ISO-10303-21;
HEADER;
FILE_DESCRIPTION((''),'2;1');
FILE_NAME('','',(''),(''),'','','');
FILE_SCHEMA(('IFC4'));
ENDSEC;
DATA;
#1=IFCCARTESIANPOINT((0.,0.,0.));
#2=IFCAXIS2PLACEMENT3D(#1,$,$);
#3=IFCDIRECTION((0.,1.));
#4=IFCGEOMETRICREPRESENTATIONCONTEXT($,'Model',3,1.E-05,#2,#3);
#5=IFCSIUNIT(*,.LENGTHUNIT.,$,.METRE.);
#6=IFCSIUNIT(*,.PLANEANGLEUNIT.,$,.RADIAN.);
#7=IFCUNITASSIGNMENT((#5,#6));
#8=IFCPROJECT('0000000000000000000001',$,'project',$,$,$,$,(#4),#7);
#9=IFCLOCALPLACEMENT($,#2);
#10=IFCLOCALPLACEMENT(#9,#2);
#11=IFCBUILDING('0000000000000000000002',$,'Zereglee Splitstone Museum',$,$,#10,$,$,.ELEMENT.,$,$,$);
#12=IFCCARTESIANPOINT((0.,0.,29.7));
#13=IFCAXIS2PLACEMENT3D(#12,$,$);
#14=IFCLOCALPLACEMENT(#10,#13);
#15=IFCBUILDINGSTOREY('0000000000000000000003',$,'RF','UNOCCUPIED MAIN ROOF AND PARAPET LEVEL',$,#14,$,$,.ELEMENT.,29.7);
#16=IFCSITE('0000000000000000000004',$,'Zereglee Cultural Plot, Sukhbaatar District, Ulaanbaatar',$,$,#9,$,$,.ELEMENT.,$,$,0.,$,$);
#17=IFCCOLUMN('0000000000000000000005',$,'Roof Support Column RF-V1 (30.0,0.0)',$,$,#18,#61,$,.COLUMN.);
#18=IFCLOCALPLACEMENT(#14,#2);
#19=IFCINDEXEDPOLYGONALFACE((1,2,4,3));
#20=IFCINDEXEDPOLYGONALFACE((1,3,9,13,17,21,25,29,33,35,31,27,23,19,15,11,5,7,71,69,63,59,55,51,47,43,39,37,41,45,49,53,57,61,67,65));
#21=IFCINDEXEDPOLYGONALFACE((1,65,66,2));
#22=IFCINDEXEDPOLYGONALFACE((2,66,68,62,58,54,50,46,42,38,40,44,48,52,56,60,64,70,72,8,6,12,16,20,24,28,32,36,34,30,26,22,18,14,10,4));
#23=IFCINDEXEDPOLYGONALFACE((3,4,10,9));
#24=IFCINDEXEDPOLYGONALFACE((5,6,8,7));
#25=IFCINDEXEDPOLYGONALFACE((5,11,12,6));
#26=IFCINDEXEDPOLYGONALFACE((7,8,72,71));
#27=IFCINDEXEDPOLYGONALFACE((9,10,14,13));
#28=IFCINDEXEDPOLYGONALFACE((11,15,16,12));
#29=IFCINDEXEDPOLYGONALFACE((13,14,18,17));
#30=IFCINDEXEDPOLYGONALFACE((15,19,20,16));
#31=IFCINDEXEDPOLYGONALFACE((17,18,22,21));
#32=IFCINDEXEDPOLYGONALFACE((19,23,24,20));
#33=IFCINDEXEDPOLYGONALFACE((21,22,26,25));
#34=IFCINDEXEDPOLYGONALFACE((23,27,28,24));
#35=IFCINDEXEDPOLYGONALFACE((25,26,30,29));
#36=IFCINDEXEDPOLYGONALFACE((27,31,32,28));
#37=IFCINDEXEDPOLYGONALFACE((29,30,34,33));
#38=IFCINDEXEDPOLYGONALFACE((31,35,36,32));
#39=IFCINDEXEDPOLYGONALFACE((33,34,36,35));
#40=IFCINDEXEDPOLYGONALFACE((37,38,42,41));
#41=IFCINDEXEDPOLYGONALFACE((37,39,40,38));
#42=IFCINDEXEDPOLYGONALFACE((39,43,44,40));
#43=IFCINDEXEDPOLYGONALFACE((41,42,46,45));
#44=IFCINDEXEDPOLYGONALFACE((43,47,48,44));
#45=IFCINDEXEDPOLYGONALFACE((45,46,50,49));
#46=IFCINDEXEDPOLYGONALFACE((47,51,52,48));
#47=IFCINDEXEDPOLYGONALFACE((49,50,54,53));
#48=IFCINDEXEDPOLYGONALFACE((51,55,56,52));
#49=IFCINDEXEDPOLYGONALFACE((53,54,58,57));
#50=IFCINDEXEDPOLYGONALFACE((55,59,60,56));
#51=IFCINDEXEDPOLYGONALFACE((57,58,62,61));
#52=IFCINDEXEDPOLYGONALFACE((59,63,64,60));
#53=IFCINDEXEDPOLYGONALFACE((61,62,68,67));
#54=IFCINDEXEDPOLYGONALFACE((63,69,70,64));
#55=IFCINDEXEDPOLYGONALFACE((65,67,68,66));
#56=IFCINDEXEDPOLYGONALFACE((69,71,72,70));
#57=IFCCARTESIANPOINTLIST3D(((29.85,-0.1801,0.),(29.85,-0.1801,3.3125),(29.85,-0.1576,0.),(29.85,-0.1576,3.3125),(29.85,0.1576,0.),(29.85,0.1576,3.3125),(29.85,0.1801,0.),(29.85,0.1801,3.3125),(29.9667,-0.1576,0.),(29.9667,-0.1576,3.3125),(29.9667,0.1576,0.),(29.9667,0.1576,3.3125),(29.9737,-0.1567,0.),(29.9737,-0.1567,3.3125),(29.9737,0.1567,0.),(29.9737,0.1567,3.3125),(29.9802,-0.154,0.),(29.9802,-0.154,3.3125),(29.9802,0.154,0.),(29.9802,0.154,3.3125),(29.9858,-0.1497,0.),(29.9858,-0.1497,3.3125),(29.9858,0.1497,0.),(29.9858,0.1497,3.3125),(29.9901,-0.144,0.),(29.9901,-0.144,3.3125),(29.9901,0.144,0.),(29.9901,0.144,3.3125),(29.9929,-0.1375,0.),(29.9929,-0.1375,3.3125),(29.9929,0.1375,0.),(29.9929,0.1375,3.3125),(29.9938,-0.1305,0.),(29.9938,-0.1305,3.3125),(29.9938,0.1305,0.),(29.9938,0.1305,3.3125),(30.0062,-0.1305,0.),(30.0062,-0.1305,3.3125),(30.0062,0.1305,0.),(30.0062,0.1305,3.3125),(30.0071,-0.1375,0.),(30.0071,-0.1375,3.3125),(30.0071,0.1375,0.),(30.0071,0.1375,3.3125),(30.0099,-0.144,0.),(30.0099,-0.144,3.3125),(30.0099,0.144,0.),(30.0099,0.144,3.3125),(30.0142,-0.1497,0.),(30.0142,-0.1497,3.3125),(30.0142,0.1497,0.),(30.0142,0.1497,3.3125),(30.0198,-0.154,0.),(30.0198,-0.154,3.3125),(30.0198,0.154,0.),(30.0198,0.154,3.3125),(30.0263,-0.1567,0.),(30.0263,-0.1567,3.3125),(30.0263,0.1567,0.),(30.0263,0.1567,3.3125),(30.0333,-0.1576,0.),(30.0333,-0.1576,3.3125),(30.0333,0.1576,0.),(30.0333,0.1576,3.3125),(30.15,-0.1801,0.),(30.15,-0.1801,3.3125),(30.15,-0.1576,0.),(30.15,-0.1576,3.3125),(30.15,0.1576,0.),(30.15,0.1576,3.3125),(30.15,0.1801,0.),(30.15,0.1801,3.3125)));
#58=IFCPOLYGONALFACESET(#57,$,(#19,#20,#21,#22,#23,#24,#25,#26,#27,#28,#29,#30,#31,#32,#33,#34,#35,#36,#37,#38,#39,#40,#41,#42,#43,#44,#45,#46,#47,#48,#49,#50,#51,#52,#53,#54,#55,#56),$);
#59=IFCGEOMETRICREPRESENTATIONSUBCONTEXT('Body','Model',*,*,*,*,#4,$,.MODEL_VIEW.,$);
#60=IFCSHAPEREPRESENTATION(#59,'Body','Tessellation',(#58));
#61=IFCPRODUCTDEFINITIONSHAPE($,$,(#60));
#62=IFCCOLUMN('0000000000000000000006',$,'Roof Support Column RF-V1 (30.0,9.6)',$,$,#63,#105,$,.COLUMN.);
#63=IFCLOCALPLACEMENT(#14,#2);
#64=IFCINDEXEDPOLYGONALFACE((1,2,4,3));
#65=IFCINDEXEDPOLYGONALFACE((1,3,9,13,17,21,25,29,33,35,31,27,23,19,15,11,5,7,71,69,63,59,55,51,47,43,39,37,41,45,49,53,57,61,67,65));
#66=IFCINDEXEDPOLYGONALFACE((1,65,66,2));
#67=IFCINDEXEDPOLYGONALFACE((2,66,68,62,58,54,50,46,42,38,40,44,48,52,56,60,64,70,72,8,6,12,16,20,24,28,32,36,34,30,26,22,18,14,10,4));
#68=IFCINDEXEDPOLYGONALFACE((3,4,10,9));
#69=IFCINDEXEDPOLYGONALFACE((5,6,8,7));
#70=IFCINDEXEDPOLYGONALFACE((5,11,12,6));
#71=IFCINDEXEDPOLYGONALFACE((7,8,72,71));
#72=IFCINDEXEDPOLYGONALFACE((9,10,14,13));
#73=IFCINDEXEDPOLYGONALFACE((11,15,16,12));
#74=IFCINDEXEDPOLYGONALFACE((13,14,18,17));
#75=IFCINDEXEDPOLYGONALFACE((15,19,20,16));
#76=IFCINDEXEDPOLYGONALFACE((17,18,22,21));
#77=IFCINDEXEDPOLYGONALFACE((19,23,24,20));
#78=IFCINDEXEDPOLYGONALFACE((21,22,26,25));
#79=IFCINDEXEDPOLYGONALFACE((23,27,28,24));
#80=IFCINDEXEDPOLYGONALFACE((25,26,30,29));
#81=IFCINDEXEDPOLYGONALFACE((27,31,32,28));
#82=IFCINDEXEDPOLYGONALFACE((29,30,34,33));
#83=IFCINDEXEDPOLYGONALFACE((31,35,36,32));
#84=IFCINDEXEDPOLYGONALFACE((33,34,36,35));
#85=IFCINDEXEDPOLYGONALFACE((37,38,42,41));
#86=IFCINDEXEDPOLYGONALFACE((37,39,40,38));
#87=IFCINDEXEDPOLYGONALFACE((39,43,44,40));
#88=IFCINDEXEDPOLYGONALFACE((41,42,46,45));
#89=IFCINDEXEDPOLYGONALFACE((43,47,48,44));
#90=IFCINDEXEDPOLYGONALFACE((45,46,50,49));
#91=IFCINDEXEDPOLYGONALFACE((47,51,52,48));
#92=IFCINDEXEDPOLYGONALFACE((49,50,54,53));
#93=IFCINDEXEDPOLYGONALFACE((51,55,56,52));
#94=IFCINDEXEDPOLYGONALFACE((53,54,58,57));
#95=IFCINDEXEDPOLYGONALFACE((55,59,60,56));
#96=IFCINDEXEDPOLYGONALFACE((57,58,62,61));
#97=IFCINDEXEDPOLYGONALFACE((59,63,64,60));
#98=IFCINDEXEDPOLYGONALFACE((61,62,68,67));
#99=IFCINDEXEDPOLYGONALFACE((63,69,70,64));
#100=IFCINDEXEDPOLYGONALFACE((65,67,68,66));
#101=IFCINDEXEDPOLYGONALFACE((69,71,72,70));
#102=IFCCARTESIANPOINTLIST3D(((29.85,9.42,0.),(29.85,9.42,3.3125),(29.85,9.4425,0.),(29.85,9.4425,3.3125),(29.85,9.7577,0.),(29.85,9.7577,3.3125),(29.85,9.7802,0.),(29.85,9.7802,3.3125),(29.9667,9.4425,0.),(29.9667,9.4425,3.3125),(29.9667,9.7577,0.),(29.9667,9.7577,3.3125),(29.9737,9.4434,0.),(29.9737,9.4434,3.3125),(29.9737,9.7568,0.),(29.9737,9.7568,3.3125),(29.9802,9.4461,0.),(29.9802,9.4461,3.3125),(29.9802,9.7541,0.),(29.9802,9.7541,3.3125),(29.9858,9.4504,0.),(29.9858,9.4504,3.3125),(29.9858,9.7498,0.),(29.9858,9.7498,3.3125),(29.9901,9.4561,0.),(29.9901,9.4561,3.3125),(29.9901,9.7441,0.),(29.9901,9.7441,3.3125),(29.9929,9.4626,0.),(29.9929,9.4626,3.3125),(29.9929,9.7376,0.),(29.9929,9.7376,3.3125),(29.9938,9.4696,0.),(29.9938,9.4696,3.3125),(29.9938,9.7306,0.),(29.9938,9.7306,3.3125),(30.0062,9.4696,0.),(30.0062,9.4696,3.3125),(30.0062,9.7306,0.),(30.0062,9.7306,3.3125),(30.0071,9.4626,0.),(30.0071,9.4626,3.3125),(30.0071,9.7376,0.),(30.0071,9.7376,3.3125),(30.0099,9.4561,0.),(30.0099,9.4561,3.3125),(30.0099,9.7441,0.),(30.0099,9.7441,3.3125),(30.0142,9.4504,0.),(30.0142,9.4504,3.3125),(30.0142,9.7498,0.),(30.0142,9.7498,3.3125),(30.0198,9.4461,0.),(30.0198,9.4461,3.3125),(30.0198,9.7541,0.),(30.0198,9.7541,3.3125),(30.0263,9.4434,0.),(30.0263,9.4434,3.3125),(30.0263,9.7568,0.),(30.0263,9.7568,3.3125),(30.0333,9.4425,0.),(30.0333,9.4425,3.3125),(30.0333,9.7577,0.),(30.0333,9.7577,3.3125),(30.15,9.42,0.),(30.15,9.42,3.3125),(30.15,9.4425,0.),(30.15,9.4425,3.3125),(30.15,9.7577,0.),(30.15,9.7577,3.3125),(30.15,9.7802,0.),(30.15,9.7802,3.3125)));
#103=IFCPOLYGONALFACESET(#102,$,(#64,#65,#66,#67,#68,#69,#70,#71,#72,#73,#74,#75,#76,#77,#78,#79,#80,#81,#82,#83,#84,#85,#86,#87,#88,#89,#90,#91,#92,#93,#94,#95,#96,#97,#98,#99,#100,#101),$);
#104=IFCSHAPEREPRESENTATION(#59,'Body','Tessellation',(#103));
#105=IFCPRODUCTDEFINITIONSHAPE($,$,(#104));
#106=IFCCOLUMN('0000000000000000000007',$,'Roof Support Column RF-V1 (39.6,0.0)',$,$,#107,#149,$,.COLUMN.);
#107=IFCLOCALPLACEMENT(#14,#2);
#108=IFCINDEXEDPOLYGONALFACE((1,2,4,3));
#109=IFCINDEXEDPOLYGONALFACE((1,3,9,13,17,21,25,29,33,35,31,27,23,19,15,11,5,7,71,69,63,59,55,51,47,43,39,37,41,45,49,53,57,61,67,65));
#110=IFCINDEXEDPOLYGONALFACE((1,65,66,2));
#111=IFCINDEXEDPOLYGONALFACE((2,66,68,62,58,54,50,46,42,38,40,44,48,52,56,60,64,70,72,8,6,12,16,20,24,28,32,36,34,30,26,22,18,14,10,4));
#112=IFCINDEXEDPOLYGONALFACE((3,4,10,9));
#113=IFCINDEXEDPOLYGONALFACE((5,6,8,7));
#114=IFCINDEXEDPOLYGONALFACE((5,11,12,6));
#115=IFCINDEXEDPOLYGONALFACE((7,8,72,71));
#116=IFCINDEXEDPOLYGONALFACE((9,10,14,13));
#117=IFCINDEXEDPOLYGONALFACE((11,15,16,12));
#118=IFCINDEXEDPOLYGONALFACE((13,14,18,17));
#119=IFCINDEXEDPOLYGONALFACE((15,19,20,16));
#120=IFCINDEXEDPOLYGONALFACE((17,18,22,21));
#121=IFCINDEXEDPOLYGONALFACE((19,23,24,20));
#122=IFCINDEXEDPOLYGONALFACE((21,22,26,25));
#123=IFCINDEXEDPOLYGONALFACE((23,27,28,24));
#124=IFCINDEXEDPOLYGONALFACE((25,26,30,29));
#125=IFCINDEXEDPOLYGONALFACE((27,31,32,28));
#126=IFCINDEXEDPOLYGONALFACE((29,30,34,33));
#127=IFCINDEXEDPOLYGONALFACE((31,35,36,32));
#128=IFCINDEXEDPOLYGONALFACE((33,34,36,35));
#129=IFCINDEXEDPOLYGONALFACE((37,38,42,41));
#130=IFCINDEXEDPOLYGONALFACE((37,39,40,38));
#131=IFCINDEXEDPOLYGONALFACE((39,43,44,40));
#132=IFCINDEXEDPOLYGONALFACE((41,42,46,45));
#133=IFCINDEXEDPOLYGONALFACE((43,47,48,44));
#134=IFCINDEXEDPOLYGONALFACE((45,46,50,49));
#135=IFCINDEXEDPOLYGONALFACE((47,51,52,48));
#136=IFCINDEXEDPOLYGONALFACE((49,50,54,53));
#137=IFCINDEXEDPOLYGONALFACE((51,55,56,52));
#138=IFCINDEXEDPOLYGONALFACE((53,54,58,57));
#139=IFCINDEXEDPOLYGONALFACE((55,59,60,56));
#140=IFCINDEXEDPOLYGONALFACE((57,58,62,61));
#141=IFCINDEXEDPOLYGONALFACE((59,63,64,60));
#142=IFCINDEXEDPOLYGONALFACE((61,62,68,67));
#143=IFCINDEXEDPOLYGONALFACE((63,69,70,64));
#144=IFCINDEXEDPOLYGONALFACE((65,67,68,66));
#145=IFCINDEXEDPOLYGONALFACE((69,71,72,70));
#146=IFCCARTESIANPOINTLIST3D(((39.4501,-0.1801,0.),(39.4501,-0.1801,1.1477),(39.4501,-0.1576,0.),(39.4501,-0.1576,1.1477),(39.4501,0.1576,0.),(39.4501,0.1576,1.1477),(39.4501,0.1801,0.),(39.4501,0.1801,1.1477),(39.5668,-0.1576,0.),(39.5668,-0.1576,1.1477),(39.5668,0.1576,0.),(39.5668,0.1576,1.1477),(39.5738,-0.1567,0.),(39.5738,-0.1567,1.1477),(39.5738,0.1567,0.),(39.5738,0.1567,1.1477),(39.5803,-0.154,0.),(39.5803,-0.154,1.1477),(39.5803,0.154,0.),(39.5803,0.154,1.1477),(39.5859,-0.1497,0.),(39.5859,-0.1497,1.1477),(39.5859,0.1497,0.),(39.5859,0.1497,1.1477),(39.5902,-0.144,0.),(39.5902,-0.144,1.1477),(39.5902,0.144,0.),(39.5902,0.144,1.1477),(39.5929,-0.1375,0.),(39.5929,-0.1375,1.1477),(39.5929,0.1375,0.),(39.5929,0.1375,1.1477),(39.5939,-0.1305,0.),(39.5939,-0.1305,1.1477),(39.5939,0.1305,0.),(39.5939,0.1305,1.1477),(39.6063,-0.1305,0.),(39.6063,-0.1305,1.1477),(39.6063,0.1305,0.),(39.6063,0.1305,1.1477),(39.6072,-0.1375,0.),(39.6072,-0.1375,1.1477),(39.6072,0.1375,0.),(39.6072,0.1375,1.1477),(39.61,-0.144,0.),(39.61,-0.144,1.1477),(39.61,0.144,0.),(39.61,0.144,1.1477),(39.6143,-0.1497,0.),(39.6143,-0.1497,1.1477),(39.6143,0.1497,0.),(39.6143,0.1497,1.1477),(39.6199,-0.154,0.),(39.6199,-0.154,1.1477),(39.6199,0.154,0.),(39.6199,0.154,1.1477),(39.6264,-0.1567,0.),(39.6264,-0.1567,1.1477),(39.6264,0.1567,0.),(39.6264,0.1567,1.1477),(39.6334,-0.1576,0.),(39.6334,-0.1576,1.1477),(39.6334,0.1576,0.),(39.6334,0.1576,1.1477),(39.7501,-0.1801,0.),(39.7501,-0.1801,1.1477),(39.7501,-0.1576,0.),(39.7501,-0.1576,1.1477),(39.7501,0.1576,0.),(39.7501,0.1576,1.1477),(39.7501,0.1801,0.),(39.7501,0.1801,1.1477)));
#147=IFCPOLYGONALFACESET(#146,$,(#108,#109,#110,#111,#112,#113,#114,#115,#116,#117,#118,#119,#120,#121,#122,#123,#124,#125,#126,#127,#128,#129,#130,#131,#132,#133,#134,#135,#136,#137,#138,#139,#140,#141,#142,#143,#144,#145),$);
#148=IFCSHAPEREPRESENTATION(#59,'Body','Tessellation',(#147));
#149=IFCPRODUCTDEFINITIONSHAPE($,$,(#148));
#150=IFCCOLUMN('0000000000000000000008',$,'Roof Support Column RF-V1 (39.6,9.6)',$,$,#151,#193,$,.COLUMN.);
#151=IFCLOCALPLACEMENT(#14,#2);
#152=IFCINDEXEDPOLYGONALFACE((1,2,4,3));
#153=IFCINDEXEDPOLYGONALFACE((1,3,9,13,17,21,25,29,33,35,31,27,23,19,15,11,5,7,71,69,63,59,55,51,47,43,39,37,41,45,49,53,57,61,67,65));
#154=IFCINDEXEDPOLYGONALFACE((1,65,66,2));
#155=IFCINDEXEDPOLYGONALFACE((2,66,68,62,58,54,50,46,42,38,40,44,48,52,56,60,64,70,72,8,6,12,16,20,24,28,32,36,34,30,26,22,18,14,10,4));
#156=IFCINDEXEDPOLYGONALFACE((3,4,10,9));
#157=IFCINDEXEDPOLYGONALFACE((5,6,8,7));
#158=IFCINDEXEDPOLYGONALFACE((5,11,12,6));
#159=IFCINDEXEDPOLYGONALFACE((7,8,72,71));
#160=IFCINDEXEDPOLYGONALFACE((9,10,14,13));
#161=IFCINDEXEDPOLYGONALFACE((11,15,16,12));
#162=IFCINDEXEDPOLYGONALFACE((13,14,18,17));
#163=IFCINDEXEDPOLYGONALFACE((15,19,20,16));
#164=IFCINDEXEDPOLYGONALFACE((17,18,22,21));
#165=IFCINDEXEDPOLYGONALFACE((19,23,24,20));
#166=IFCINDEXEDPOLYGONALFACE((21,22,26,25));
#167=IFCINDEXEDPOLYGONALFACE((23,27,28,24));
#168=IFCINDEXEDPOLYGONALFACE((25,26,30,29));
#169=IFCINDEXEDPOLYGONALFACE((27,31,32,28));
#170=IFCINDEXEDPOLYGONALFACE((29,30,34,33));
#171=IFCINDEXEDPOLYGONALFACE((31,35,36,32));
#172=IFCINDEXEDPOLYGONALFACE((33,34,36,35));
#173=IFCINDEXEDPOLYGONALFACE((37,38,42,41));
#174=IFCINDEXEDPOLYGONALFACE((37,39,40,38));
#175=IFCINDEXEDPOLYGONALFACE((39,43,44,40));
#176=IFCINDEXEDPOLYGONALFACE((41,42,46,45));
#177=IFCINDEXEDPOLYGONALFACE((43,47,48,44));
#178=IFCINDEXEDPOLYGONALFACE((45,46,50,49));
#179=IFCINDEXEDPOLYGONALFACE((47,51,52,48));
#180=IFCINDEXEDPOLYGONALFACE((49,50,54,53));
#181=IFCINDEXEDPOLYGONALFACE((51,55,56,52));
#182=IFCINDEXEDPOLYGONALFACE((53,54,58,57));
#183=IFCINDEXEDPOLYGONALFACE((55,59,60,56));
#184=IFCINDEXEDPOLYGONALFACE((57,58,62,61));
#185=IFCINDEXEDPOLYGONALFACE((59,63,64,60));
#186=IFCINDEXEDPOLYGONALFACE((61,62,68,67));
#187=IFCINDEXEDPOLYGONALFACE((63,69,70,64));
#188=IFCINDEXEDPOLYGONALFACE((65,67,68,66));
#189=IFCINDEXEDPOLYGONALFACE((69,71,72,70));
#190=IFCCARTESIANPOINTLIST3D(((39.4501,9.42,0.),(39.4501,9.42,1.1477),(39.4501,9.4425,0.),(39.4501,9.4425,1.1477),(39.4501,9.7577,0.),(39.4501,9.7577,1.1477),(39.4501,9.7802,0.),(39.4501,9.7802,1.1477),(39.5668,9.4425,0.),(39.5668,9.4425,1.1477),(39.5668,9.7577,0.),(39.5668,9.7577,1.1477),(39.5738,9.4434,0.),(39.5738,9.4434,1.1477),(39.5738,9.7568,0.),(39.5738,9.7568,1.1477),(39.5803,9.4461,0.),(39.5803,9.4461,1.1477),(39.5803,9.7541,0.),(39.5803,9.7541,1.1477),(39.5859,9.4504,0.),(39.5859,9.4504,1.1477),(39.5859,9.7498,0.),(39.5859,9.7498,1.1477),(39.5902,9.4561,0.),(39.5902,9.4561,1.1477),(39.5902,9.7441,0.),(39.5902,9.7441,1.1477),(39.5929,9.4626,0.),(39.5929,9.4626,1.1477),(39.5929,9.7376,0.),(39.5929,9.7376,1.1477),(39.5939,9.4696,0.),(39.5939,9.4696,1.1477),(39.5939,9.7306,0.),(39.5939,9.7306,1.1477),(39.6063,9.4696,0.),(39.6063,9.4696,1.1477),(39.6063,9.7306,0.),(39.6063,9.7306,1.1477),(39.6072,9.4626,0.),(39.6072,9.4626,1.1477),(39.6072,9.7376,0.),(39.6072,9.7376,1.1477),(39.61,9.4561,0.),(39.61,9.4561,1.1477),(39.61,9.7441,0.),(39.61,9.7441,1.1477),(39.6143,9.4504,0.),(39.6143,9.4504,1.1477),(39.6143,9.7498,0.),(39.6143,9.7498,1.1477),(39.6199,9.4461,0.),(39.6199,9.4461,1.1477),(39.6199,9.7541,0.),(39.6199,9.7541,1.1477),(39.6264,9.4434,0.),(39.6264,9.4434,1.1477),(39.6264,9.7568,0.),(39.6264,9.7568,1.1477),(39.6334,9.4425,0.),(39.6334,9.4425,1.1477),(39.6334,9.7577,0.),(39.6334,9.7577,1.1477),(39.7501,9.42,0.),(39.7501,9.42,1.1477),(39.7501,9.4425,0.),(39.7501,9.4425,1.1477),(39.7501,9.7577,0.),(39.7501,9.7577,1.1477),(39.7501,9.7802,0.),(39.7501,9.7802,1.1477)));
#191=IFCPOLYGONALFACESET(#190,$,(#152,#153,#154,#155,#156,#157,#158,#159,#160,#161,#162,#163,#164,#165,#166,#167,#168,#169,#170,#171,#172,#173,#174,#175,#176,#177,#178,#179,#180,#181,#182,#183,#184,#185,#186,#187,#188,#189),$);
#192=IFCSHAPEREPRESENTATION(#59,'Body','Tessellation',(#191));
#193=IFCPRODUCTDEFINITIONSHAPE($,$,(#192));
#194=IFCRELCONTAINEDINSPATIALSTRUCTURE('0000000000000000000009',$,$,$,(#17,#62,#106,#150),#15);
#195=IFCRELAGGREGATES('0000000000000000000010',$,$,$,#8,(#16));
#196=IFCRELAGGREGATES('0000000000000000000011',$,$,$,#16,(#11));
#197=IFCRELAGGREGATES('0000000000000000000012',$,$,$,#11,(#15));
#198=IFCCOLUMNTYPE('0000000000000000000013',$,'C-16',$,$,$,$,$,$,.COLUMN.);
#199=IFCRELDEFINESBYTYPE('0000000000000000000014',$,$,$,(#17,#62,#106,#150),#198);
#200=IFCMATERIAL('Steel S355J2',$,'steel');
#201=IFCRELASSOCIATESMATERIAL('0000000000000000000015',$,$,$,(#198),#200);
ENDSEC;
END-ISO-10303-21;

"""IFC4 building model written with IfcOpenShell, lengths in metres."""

from ifc_helpers import new_model, si_unit, direction, frame, origin, origin_2d, place, context, subcontext, project, spatial, i_section, extrude, material, material_profile, profile_set, type_object, element, save


model = new_model("IFC4")

# Units and contexts
model_context = context("Model", 3, precision=1e-05, world=origin(), true_north=direction((0.0, 1.0)))
body_context = subcontext(model_context, "Body", "Model", "MODEL_VIEW")
ifc_project = project(units=[si_unit("LENGTHUNIT", "METRE"), si_unit("PLANEANGLEUNIT", "RADIAN")], contexts=[model_context])

# Site, building, storey
site_placement = place(None, origin())
site = spatial("IfcSite", under=ifc_project, at=site_placement, Name="Zereglee Cultural Plot, Sukhbaatar District, Ulaanbaatar", CompositionType="ELEMENT", RefElevation=0.0)
building_placement = place(site_placement, origin())
building = spatial("IfcBuilding", under=site, at=building_placement, Name="Zereglee Splitstone Museum", CompositionType="ELEMENT")
storey_placement = place(building_placement, frame((0.0, 0.0, 29.7)))
storey = spatial("IfcBuildingStorey", under=building, at=storey_placement, Name="RF", Description="UNOCCUPIED MAIN ROOF AND PARAPET LEVEL", CompositionType="ELEMENT", Elevation=29.7)

# Columns
ifc_material_1 = material(Name="Steel S355J2", Category="steel")
ifc_material_profile_1 = material_profile(ifc_material_1, i_section(OverallWidth=0.3, OverallDepth=0.3601, WebThickness=0.0125, FlangeThickness=0.0225, FilletRadius=0.0271, at=origin_2d()), Name="HE 360 B")
ifc_profile_set_1 = profile_set([ifc_material_profile_1], Name="Steel S355J2")
column_type = type_object("IfcColumnType", Name="C-16", PredefinedType="COLUMN", material=ifc_profile_set_1)
for number, where, z_axis, x_axis, name in (
    (1, (30.0, 0.0, 0.0), (0.0, 0.0, 1.0), (1.0, 0.0, 0.0), "Roof Support Column RF-V1 (30.0,0.0)"),
    (2, (30.0, 9.6001, 0.0), (0.0, 0.0, 1.0), (1.0, 0.0, 0.0), "Roof Support Column RF-V1 (30.0,9.6)"),
):
    element("IfcColumn", number, at=place(storey_placement, frame(where, z_axis=z_axis, x_axis=x_axis)), inside=storey, type_object=column_type, Name=name, PredefinedType="COLUMN", context=body_context, shape_type="SweptSolid", body=[
        extrude(i_section(OverallWidth=0.3, OverallDepth=0.3601, WebThickness=0.0125, FlangeThickness=0.0225, FilletRadius=0.0271, at=origin_2d()), origin(), (0.0, 0.0, 1.0), 3.3125),
    ])
for number, where, z_axis, x_axis, name in (
    (3, (39.6001, 0.0, 0.0), (0.0, 0.0, 1.0), (1.0, 0.0, 0.0), "Roof Support Column RF-V1 (39.6,0.0)"),
    (4, (39.6001, 9.6001, 0.0), (0.0, 0.0, 1.0), (1.0, 0.0, 0.0), "Roof Support Column RF-V1 (39.6,9.6)"),
):
    element("IfcColumn", number, at=place(storey_placement, frame(where, z_axis=z_axis, x_axis=x_axis)), inside=storey, type_object=column_type, Name=name, PredefinedType="COLUMN", context=body_context, shape_type="SweptSolid", body=[
        extrude(i_section(OverallWidth=0.3, OverallDepth=0.3601, WebThickness=0.0125, FlangeThickness=0.0225, FilletRadius=0.0271, at=origin_2d()), origin(), (0.0, 0.0, 1.0), 1.1477),
    ])

save(model, "model.ifc")
